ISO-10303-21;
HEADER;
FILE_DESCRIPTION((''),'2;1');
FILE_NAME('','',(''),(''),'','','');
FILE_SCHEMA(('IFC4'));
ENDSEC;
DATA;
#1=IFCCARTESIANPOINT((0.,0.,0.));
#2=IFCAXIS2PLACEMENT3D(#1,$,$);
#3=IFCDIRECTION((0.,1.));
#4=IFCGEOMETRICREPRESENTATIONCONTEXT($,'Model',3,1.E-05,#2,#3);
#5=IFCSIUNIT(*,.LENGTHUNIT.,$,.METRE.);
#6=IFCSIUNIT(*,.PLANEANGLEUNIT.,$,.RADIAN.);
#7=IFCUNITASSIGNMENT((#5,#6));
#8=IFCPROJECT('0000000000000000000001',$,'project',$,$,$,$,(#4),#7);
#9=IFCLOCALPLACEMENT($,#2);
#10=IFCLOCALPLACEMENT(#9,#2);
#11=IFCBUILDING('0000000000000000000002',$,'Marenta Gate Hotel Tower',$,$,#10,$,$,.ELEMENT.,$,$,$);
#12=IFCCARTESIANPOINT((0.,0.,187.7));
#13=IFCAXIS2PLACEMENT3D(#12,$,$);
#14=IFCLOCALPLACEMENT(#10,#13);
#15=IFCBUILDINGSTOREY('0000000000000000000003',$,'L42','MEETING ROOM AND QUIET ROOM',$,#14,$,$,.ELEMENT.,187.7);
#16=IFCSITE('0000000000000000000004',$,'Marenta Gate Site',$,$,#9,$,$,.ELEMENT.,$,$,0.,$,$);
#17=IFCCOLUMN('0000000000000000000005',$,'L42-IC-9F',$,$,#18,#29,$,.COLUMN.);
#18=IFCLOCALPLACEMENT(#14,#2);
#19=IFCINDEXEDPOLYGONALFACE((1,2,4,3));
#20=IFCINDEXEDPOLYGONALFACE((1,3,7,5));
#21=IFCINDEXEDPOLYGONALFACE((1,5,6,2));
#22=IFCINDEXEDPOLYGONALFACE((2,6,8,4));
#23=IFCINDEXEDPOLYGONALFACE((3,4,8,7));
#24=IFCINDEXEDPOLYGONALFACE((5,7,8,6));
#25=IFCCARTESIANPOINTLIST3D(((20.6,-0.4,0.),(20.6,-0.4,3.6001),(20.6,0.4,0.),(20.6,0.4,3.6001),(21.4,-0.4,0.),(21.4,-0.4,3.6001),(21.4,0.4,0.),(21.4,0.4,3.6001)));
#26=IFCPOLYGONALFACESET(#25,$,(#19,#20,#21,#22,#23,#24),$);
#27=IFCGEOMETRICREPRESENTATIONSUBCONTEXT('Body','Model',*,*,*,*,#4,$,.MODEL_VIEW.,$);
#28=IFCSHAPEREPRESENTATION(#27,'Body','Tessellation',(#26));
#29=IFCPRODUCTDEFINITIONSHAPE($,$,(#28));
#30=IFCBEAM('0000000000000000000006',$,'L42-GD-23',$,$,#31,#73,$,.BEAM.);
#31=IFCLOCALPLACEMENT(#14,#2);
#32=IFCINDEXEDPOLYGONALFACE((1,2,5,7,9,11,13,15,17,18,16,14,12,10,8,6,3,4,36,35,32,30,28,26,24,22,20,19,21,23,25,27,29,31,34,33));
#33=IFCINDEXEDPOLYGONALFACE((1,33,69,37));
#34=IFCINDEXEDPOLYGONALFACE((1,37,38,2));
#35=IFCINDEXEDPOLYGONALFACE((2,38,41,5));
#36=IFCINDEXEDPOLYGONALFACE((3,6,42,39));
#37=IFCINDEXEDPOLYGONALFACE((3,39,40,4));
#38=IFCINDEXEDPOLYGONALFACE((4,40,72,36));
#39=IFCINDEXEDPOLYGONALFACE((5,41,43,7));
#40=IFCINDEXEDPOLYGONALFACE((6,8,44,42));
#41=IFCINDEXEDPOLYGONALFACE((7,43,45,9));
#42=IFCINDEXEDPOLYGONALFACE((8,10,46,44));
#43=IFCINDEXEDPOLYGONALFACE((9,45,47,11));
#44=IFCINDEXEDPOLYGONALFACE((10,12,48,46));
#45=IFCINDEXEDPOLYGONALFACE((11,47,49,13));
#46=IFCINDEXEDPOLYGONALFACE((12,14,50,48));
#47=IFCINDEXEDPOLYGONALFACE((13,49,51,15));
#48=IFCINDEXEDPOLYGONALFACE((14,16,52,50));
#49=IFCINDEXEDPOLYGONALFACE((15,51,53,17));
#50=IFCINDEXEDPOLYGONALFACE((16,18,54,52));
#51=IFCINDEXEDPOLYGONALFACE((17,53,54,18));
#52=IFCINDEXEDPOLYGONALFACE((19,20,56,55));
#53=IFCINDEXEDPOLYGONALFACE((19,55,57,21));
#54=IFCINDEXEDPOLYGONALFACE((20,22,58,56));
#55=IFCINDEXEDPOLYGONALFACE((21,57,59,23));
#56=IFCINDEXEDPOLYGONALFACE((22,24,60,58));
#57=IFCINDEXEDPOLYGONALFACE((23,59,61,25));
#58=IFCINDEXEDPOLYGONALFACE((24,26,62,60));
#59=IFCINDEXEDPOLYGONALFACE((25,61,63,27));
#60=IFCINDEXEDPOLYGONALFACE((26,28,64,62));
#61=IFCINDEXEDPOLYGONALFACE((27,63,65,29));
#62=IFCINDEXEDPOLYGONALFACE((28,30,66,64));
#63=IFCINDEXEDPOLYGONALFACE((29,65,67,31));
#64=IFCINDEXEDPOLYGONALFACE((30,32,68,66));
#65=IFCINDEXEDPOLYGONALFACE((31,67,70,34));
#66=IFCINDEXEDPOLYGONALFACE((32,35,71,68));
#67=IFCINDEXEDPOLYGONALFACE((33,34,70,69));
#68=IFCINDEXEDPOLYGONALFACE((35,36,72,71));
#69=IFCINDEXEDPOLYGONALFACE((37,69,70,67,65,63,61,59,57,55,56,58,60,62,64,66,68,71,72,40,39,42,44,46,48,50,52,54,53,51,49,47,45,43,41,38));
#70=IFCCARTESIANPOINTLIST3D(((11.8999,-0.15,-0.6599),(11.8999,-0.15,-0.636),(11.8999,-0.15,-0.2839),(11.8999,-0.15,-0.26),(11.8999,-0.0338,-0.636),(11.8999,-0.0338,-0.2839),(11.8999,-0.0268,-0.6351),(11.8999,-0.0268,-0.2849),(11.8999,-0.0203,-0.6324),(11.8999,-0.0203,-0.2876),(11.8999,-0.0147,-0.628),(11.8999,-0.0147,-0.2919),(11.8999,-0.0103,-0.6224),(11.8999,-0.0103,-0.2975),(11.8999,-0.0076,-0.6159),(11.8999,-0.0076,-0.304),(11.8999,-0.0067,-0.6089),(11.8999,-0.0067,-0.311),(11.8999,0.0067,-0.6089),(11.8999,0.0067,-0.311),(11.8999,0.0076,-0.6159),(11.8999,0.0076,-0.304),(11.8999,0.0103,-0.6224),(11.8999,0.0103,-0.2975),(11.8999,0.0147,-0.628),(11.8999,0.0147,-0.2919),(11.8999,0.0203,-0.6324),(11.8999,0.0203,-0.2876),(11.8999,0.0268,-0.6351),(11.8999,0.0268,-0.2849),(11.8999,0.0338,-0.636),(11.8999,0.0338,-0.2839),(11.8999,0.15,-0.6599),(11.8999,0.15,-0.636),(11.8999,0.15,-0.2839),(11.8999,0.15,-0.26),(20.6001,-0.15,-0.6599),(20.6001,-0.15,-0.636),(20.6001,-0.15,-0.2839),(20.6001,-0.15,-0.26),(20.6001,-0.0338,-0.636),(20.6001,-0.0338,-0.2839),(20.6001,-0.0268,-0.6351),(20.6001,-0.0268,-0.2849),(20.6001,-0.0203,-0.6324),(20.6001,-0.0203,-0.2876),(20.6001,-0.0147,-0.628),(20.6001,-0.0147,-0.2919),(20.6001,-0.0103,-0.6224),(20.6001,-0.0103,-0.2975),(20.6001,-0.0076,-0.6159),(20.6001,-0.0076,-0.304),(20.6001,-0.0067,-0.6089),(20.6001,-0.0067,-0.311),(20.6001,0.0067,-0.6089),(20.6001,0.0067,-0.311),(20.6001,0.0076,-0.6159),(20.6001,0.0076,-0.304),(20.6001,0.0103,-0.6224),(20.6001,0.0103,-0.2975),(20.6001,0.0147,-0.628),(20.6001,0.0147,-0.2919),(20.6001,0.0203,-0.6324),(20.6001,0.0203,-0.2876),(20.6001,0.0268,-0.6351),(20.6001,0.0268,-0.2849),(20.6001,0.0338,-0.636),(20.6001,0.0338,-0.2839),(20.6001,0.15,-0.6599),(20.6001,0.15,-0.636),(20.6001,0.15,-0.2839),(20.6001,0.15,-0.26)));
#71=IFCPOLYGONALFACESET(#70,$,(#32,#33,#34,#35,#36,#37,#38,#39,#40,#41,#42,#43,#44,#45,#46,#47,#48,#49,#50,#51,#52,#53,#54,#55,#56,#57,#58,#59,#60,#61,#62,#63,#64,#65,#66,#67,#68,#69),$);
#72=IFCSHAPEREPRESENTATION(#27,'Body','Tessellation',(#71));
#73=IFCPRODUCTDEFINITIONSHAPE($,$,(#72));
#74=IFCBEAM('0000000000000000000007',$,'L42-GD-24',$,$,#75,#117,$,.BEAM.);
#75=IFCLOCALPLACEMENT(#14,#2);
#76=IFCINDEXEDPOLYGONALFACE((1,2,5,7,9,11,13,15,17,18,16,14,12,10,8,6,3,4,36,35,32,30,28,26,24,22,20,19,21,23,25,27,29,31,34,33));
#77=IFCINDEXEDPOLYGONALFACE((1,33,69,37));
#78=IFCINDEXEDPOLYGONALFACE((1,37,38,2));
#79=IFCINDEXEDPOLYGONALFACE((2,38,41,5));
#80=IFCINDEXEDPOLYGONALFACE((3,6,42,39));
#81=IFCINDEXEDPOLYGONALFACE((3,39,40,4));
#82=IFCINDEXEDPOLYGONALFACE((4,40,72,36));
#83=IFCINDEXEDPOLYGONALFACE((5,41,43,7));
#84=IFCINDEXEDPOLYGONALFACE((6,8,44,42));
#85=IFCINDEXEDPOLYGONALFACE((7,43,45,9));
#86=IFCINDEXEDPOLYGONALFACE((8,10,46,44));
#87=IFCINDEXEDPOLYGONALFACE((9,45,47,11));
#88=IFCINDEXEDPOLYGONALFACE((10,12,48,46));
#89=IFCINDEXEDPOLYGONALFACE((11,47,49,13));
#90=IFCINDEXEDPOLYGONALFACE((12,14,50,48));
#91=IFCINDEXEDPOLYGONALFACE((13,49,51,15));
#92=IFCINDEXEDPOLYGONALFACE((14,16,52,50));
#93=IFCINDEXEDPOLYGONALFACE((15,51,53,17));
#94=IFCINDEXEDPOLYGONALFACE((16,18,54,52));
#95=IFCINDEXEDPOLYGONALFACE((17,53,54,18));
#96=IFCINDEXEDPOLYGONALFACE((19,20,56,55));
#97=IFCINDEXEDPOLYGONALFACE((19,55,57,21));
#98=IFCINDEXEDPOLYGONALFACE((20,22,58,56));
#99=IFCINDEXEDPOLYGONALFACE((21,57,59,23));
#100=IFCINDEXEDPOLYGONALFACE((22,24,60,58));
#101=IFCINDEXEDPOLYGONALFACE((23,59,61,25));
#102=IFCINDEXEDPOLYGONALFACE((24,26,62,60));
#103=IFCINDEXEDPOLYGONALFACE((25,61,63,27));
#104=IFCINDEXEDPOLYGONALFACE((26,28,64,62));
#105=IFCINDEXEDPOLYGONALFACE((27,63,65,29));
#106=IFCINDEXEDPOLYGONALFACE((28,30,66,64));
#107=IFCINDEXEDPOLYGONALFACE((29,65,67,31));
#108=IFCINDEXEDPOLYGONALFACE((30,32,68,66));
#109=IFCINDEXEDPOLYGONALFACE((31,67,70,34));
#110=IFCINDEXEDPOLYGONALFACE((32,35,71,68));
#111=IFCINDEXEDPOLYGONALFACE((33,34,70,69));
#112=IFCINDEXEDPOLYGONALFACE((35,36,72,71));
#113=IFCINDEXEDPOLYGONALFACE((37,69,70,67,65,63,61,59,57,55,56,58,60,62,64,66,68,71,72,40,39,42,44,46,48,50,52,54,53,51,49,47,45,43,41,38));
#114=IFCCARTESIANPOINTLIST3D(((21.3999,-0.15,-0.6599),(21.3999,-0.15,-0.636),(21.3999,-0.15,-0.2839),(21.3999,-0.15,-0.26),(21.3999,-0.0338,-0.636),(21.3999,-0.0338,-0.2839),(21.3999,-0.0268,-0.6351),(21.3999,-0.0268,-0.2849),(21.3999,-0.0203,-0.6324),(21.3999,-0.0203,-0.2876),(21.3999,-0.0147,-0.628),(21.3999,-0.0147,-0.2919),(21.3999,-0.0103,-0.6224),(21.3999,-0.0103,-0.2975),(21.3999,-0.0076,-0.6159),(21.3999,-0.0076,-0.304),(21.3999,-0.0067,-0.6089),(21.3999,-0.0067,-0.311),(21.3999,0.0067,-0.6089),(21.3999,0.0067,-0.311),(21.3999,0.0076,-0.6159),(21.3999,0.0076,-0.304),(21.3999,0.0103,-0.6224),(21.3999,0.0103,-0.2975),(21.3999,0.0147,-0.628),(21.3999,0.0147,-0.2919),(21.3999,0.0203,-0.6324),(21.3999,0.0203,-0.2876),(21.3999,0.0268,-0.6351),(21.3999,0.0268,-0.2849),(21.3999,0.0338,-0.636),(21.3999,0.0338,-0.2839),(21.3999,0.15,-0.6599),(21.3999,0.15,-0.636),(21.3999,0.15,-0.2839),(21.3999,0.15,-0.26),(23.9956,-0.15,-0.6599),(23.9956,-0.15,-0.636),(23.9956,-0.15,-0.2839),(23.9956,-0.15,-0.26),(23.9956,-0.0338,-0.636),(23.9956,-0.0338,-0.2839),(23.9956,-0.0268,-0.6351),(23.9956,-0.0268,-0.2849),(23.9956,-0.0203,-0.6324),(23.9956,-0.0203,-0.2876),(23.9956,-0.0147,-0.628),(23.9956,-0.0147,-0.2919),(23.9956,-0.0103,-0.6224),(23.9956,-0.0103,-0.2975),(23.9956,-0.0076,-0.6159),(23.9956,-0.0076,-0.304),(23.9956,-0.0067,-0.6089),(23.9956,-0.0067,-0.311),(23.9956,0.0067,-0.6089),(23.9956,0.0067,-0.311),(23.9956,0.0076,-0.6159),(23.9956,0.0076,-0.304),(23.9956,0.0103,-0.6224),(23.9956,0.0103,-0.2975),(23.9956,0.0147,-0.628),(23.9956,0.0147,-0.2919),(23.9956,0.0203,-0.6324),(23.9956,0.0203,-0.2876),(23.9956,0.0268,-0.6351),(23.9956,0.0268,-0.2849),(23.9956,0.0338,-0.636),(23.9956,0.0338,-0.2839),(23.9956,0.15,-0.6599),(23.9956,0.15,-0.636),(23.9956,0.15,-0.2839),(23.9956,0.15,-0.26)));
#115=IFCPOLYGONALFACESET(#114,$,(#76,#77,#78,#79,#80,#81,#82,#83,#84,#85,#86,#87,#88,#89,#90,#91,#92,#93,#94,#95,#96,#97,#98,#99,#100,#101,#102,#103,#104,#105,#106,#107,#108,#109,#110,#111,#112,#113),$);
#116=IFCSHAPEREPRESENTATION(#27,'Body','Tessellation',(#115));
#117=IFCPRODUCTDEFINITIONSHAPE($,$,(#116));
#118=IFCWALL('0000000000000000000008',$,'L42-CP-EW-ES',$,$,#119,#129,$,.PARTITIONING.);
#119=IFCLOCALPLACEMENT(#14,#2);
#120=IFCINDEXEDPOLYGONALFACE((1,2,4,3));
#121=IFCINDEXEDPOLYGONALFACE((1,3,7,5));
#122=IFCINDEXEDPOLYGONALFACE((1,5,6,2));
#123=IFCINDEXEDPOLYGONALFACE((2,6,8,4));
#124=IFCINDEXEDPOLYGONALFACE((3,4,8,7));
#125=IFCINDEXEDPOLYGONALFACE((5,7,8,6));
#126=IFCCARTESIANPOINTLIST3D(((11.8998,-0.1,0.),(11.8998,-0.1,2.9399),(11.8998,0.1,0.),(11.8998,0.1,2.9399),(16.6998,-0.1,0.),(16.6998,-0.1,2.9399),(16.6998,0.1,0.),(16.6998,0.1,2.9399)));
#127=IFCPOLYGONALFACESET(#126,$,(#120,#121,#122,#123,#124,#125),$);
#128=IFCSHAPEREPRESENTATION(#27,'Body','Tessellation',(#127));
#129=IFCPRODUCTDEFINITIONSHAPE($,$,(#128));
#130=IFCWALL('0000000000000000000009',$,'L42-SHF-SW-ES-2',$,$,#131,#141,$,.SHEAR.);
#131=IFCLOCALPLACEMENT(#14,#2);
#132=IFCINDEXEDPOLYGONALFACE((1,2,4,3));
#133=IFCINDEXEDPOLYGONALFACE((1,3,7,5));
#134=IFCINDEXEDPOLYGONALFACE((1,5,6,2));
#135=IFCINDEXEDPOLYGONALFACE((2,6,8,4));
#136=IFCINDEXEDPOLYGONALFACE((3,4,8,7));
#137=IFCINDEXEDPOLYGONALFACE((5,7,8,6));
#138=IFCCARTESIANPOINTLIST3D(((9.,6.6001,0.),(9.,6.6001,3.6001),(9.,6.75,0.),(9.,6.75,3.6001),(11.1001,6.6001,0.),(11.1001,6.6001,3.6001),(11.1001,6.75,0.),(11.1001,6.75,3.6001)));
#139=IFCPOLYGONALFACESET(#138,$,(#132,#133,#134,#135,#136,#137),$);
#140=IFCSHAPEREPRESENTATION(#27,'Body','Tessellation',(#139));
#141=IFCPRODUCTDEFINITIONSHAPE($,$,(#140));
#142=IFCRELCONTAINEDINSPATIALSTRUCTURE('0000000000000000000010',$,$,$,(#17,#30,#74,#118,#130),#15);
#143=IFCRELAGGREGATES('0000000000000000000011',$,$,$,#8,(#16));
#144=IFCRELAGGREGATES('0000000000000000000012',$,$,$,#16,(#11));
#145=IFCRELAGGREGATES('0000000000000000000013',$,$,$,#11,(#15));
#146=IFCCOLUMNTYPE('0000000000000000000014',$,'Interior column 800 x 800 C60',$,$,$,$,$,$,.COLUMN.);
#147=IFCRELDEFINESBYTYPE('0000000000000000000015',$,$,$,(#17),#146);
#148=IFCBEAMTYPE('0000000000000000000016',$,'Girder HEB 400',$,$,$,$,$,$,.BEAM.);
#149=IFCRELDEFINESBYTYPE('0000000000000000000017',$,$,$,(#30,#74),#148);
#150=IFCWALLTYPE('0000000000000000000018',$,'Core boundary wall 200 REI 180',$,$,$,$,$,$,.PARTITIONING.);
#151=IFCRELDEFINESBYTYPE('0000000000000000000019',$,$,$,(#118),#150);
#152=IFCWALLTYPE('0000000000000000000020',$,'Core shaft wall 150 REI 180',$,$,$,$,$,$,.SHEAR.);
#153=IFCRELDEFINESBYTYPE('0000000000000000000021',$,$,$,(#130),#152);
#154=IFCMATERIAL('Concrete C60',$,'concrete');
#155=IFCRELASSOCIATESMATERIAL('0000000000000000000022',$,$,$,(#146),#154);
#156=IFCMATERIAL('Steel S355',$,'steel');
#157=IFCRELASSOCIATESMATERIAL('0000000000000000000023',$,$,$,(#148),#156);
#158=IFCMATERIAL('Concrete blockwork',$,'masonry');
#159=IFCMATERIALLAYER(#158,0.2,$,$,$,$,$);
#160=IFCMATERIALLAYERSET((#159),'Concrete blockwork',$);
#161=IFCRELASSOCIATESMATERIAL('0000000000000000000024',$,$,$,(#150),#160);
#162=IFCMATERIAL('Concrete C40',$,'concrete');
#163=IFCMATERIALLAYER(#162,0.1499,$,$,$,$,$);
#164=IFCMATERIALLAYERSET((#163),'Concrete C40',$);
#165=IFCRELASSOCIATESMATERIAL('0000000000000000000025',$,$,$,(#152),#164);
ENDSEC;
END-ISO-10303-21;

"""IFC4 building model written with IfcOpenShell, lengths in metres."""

from ifc_helpers import new_model, si_unit, direction, frame, frame_2d, origin, origin_2d, place, context, subcontext, project, spatial, rectangle, i_section, extrude, material, layer, layer_set, material_profile, profile_set, type_object, element, save


model = new_model("IFC4")

# Units and contexts
model_context = context("Model", 3, precision=1e-05, world=origin(), true_north=direction((0.0, 1.0)))
body_context = subcontext(model_context, "Body", "Model", "MODEL_VIEW")
ifc_project = project(units=[si_unit("LENGTHUNIT", "METRE"), si_unit("PLANEANGLEUNIT", "RADIAN")], contexts=[model_context])

# Site, building, storey
site_placement = place(None, origin())
site = spatial("IfcSite", under=ifc_project, at=site_placement, Name="Marenta Gate Site", CompositionType="ELEMENT", RefElevation=0.0)
building_placement = place(site_placement, origin())
building = spatial("IfcBuilding", under=site, at=building_placement, Name="Marenta Gate Hotel Tower", CompositionType="ELEMENT")
storey_placement = place(building_placement, frame((0.0, 0.0, 187.7)))
storey = spatial("IfcBuildingStorey", under=building, at=storey_placement, Name="L42", Description="MEETING ROOM AND QUIET ROOM", CompositionType="ELEMENT", Elevation=187.7)

# Column
ifc_material_1 = material(Name="Concrete C60", Category="concrete")
ifc_material_profile_1 = material_profile(ifc_material_1, rectangle(XDim=0.8, YDim=0.8, at=origin_2d()), Name="800 x 800")
ifc_profile_set_1 = profile_set([ifc_material_profile_1], Name="Concrete C60")
column_type = type_object("IfcColumnType", Name="Interior column 800 x 800 C60", PredefinedType="COLUMN", material=ifc_profile_set_1)
column_placement = place(storey_placement, frame((21.0, 0.0, 0.0), z_axis=(0.0, 0.0, 1.0), x_axis=(1.0, 0.0, 0.0)))
element("IfcColumn", 1, at=column_placement, inside=storey, type_object=column_type, Name="L42-IC-9F", PredefinedType="COLUMN", context=body_context, shape_type="SweptSolid", body=[
    extrude(rectangle(XDim=0.8, YDim=0.8, at=origin_2d()), origin(), (0.0, 0.0, 1.0), 3.6001),
])

# Beams
ifc_material_2 = material(Name="Steel S355", Category="steel")
ifc_material_profile_2 = material_profile(ifc_material_2, i_section(OverallWidth=0.3, OverallDepth=0.3999, WebThickness=0.0134, FlangeThickness=0.0239, FilletRadius=0.0271, at=origin_2d()), Name="HEB 400")
ifc_profile_set_2 = profile_set([ifc_material_profile_2], Name="Steel S355")
beam_type = type_object("IfcBeamType", Name="Girder HEB 400", PredefinedType="BEAM", material=ifc_profile_set_2)
beam_1_placement = place(storey_placement, frame((11.8999, 0.0, -0.46), z_axis=(1.0, 0.0, 0.0), x_axis=(0.0, 1.0, 0.0)))
element("IfcBeam", 2, at=beam_1_placement, inside=storey, type_object=beam_type, Name="L42-GD-23", PredefinedType="BEAM", context=body_context, shape_type="SweptSolid", body=[
    extrude(i_section(OverallWidth=0.3, OverallDepth=0.3999, WebThickness=0.0134, FlangeThickness=0.0239, FilletRadius=0.0271, at=origin_2d()), origin(), (0.0, 0.0, 1.0), 8.7002),
])
beam_2_placement = place(storey_placement, frame((21.3999, 0.0, -0.46), z_axis=(1.0, 0.0, 0.0), x_axis=(0.0, 1.0, 0.0)))
element("IfcBeam", 3, at=beam_2_placement, inside=storey, type_object=beam_type, Name="L42-GD-24", PredefinedType="BEAM", context=body_context, shape_type="SweptSolid", body=[
    extrude(i_section(OverallWidth=0.3, OverallDepth=0.3999, WebThickness=0.0134, FlangeThickness=0.0239, FilletRadius=0.0271, at=origin_2d()), origin(), (0.0, 0.0, 1.0), 2.5957),
])

# Shared definitions
ifc_material_3 = material(Name="Concrete blockwork", Category="masonry")
ifc_layer_1 = layer(ifc_material_3, 0.2)
ifc_layer_set_1 = layer_set([ifc_layer_1], Name="Concrete blockwork")
wall_type_1 = type_object("IfcWallType", Name="Core boundary wall 200 REI 180", PredefinedType="PARTITIONING", material=ifc_layer_set_1)

# Walls
wall_1_placement = place(storey_placement, frame((11.8999, 0.0, 0.0), z_axis=(0.0, 0.0, 1.0), x_axis=(1.0, 0.0, 0.0)))
element("IfcWall", 4, at=wall_1_placement, inside=storey, type_object=wall_type_1, Name="L42-CP-EW-ES", PredefinedType="PARTITIONING", context=body_context, shape_type="SweptSolid", body=[
    extrude(rectangle(XDim=4.8, YDim=0.2, at=frame_2d((2.3999, 0.0))), origin(), (0.0, 0.0, 1.0), 2.9399),
])
ifc_material_4 = material(Name="Concrete C40", Category="concrete")
ifc_layer_2 = layer(ifc_material_4, 0.1499)
ifc_layer_set_2 = layer_set([ifc_layer_2], Name="Concrete C40")
wall_type_2 = type_object("IfcWallType", Name="Core shaft wall 150 REI 180", PredefinedType="SHEAR", material=ifc_layer_set_2)
wall_2_placement = place(storey_placement, frame((9.0, 6.675, 0.0), z_axis=(0.0, 0.0, 1.0), x_axis=(1.0, 0.0, 0.0)))
element("IfcWall", 5, at=wall_2_placement, inside=storey, type_object=wall_type_2, Name="L42-SHF-SW-ES-2", PredefinedType="SHEAR", context=body_context, shape_type="SweptSolid", body=[
    extrude(rectangle(XDim=2.1001, YDim=0.1499, at=frame_2d((1.05, 0.0))), origin(), (0.0, 0.0, 1.0), 3.6001),
])

save(model, "model.ifc")
